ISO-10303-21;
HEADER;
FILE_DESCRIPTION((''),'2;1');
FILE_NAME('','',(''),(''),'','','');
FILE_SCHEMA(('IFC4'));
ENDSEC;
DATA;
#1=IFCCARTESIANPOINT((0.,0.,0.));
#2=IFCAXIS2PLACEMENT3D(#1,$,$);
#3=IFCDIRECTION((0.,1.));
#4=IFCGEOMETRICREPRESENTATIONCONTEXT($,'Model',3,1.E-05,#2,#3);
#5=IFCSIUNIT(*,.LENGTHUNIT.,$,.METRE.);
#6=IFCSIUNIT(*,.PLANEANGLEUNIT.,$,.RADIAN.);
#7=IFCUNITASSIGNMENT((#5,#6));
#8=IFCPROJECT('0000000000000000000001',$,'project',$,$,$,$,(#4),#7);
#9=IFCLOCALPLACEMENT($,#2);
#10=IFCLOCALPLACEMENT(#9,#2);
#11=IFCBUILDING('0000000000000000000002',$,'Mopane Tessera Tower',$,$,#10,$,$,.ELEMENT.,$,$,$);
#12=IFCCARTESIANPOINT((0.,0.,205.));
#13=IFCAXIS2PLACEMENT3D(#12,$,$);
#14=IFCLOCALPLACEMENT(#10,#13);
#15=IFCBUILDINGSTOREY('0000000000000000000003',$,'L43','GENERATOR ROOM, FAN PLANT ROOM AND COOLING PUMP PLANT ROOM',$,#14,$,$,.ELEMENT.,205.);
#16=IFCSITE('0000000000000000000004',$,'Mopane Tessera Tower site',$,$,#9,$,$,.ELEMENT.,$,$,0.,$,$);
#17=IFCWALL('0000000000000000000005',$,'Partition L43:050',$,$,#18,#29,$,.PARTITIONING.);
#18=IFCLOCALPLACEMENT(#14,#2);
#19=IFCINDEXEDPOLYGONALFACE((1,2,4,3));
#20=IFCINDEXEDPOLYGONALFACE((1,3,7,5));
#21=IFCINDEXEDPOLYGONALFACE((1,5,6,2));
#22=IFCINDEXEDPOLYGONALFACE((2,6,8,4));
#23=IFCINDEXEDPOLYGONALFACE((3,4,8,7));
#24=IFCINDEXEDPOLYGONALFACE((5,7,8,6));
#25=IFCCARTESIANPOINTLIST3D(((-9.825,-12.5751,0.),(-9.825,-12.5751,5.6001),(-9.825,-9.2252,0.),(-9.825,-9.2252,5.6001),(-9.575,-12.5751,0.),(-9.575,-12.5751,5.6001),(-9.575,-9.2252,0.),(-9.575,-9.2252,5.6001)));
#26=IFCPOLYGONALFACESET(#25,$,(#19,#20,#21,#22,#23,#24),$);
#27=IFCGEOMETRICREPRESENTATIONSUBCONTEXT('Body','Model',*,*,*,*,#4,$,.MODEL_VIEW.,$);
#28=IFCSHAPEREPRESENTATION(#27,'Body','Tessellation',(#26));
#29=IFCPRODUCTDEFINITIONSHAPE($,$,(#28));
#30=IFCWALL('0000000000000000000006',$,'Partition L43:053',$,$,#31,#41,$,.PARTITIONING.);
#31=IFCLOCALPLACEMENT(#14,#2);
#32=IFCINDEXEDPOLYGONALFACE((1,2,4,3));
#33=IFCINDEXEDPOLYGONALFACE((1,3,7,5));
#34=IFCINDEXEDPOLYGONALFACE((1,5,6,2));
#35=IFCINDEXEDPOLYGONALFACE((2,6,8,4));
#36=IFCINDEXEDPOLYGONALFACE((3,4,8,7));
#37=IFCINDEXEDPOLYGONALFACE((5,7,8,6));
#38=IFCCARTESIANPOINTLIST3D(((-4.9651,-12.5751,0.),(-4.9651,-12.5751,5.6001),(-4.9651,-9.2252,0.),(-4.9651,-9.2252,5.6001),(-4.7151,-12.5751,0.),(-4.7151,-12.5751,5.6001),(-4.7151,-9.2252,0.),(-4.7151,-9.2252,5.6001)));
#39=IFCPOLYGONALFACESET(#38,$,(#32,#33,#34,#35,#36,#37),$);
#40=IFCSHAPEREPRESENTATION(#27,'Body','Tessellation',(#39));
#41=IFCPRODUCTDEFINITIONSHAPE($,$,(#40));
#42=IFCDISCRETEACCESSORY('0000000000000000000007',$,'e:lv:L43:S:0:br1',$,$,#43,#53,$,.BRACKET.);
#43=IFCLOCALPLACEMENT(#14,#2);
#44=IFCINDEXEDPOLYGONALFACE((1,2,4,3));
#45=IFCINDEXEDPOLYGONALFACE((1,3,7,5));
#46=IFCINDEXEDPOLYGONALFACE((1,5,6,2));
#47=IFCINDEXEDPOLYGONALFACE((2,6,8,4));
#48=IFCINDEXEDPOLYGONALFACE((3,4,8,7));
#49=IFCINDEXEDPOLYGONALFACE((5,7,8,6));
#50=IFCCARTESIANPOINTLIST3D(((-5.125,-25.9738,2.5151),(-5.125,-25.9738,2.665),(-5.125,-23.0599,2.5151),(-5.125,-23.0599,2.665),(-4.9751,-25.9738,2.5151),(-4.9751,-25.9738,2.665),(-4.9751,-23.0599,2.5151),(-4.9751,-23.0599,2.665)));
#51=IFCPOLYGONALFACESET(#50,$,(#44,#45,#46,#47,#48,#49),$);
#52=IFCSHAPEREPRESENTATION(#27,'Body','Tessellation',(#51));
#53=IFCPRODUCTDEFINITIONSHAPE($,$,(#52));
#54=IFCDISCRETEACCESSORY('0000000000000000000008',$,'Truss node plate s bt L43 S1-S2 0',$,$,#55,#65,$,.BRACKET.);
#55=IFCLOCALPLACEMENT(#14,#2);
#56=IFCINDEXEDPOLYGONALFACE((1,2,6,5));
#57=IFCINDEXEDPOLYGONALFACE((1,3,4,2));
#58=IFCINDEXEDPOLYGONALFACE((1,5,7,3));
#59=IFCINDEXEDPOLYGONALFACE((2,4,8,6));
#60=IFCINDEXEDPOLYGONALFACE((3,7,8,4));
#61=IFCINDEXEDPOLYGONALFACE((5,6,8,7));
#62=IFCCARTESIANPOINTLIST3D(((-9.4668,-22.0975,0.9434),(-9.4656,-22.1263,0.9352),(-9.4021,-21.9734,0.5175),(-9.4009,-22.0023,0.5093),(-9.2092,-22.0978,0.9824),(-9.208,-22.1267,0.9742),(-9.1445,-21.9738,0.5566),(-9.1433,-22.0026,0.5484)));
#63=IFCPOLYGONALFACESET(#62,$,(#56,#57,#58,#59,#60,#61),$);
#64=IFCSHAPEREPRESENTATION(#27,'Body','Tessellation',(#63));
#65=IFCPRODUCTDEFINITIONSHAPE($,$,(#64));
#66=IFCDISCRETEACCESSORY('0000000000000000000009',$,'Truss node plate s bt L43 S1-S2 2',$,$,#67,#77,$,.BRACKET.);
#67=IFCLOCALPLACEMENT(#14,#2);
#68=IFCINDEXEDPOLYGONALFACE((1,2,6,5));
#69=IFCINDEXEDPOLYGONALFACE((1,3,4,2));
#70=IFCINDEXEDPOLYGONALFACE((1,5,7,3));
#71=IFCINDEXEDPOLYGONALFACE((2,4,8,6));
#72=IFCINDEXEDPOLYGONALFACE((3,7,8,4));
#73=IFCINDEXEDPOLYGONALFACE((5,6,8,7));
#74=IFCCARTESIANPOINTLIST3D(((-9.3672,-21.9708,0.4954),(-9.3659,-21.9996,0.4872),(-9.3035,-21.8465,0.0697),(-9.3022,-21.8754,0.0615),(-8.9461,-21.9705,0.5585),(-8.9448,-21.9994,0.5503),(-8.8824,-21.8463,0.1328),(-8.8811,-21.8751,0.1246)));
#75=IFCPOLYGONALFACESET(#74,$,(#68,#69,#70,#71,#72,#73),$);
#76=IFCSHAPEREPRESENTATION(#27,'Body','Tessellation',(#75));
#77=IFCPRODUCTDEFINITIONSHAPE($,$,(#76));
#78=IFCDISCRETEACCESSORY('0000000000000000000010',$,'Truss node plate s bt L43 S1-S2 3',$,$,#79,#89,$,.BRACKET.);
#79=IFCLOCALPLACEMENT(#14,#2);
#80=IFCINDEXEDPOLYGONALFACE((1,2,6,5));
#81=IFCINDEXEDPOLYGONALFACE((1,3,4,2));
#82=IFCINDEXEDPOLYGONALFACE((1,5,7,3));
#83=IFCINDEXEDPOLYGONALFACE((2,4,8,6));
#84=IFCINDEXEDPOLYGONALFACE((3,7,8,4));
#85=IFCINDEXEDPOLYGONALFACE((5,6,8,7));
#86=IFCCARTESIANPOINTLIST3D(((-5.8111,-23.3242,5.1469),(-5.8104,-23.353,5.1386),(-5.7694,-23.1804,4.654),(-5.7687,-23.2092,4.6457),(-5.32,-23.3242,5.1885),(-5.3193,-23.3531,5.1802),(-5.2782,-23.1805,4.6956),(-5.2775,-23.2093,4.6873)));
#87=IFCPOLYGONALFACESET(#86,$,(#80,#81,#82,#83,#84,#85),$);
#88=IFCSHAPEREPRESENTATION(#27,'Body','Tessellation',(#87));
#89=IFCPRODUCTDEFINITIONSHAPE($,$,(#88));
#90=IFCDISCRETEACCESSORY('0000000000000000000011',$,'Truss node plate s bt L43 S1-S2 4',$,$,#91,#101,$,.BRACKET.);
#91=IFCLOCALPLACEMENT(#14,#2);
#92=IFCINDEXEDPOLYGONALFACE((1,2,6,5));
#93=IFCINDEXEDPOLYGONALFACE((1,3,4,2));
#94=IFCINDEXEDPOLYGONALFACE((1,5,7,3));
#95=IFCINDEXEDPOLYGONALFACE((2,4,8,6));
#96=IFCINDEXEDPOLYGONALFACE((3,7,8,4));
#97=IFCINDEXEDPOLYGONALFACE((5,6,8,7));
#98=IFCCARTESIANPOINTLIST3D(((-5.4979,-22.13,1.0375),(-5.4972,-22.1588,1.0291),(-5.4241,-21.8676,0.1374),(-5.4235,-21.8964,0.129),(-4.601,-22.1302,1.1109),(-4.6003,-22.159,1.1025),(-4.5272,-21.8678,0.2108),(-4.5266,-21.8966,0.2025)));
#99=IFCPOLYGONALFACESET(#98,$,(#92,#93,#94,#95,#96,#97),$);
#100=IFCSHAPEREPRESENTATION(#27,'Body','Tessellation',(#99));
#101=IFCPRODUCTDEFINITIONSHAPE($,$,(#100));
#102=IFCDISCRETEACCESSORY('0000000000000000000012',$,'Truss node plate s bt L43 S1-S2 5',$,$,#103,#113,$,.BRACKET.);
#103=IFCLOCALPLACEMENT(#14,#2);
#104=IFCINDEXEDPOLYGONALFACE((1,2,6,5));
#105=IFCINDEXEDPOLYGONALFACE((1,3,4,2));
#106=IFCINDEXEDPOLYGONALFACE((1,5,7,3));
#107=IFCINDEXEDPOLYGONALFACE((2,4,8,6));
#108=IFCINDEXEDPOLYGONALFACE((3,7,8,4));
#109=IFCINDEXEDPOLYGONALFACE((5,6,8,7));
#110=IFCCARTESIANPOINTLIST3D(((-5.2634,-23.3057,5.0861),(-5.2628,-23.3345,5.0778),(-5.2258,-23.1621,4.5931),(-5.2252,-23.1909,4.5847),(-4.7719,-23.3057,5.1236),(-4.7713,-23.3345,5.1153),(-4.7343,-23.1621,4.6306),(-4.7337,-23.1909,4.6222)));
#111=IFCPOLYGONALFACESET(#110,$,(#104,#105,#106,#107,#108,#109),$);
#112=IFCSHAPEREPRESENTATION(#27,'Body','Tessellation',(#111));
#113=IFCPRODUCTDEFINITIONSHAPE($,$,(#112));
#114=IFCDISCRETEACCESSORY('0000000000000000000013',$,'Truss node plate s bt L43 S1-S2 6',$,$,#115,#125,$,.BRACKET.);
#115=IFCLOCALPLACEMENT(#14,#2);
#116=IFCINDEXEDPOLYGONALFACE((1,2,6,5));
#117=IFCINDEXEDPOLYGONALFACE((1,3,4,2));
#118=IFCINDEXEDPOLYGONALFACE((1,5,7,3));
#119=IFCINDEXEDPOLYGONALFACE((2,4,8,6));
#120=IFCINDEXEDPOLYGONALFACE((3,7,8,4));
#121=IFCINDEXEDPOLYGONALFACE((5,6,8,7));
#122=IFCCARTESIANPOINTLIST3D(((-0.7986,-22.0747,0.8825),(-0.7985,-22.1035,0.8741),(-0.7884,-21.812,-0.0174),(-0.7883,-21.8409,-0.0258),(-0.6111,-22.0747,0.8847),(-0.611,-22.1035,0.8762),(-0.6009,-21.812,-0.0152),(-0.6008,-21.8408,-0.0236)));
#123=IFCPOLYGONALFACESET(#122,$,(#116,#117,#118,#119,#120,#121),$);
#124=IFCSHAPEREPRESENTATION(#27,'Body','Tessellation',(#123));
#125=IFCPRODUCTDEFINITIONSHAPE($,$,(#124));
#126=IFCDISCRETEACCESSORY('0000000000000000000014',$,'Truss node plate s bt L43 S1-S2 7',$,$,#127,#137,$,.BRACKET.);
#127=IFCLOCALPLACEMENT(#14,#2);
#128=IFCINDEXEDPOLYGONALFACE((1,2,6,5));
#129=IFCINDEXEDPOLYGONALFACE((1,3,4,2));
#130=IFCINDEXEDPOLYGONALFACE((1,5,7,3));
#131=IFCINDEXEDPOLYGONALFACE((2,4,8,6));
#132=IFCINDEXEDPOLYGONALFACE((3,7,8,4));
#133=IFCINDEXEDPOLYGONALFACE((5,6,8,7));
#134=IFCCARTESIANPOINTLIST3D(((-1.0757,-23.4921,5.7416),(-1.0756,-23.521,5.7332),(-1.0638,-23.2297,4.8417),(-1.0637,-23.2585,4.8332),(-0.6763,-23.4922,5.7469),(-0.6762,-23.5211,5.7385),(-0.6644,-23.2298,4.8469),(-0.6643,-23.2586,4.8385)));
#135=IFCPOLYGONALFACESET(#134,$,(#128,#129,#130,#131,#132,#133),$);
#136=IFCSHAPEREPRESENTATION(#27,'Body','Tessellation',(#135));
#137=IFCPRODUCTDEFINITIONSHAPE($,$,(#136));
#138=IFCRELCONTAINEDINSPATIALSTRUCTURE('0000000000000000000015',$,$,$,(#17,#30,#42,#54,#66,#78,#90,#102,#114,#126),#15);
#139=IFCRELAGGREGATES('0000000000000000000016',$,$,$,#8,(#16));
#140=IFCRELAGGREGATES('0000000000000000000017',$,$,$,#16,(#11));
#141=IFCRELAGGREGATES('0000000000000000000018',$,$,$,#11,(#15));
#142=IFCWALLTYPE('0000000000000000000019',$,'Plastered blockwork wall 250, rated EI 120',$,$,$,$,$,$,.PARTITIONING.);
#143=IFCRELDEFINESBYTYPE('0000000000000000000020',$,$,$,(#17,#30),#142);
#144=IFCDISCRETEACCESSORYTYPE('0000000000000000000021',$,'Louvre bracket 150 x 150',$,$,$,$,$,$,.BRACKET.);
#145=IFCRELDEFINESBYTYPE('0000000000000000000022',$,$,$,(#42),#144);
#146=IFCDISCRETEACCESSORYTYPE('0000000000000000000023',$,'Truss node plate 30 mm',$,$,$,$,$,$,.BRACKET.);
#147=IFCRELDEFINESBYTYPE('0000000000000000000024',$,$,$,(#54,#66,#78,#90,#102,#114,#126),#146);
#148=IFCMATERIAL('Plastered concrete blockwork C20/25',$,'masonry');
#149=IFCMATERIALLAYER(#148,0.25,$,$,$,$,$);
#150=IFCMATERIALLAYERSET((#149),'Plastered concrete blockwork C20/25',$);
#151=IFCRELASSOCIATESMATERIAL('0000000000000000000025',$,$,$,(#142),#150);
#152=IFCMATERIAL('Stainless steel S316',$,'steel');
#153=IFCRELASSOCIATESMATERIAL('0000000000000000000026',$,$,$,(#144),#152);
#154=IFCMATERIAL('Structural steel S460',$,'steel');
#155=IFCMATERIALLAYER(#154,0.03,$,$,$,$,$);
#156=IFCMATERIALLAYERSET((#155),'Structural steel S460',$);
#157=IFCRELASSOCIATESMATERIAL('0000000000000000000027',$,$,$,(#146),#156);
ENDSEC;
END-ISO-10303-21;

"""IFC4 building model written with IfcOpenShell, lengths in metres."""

from ifc_helpers import new_model, si_unit, direction, frame, frame_2d, origin, origin_2d, place, context, subcontext, project, spatial, rectangle, extrude, material, layer, layer_set, type_object, element, save


model = new_model("IFC4")

# Units and contexts
model_context = context("Model", 3, precision=1e-05, world=origin(), true_north=direction((0.0, 1.0)))
body_context = subcontext(model_context, "Body", "Model", "MODEL_VIEW")
ifc_project = project(units=[si_unit("LENGTHUNIT", "METRE"), si_unit("PLANEANGLEUNIT", "RADIAN")], contexts=[model_context])

# Site, building, storey
site_placement = place(None, origin())
site = spatial("IfcSite", under=ifc_project, at=site_placement, Name="Mopane Tessera Tower site", CompositionType="ELEMENT", RefElevation=0.0)
building_placement = place(site_placement, origin())
building = spatial("IfcBuilding", under=site, at=building_placement, Name="Mopane Tessera Tower", CompositionType="ELEMENT")
storey_placement = place(building_placement, frame((0.0, 0.0, 205.0)))
storey = spatial("IfcBuildingStorey", under=building, at=storey_placement, Name="L43", Description="GENERATOR ROOM, FAN PLANT ROOM AND COOLING PUMP PLANT ROOM", CompositionType="ELEMENT", Elevation=205.0)

# Shared definitions
ifc_material_1 = material(Name="Plastered concrete blockwork C20/25", Category="masonry")
ifc_layer_1 = layer(ifc_material_1, 0.25)
ifc_layer_set_1 = layer_set([ifc_layer_1], Name="Plastered concrete blockwork C20/25")
wall_type = type_object("IfcWallType", Name="Plastered blockwork wall 250, rated EI 120", PredefinedType="PARTITIONING", material=ifc_layer_set_1)

# Walls
for number, where, z_axis, x_axis, name in (
    (1, (-9.7, -12.575, 0.0), (0.0, 0.0, 1.0), (0.0, 1.0, 0.0), "Partition L43:050"),
    (2, (-4.8401, -12.575, 0.0), (0.0, 0.0, 1.0), (0.0, 1.0, 0.0), "Partition L43:053"),
):
    element("IfcWall", number, at=place(storey_placement, frame(where, z_axis=z_axis, x_axis=x_axis)), inside=storey, type_object=wall_type, Name=name, PredefinedType="PARTITIONING", context=body_context, shape_type="SweptSolid", body=[
        extrude(rectangle(XDim=3.3499, YDim=0.25, at=frame_2d((1.6748, 0.0))), origin(), (0.0, 0.0, 1.0), 5.6001),
    ])

# Discrete accessories
ifc_material_2 = material(Name="Stainless steel S316", Category="steel")
discrete_accessory_type_1 = type_object("IfcDiscreteAccessoryType", Name="Louvre bracket 150 x 150", PredefinedType="BRACKET", material=ifc_material_2)
discrete_accessory_1_placement = place(storey_placement, frame((-5.05, -24.5168, 2.5151), z_axis=(0.0, 0.0, 1.0), x_axis=(0.0, -1.0, 0.0)))
element("IfcDiscreteAccessory", 3, at=discrete_accessory_1_placement, inside=storey, type_object=discrete_accessory_type_1, Name="e:lv:L43:S:0:br1", PredefinedType="BRACKET", context=body_context, shape_type="SweptSolid", body=[
    extrude(rectangle(XDim=2.9138, YDim=0.1499, at=origin_2d()), origin(), (0.0, 0.0, 1.0), 0.1499),
])
ifc_material_3 = material(Name="Structural steel S460", Category="steel")
ifc_layer_2 = layer(ifc_material_3, 0.03)
ifc_layer_set_2 = layer_set([ifc_layer_2], Name="Structural steel S460")
discrete_accessory_type_2 = type_object("IfcDiscreteAccessoryType", Name="Truss node plate 30 mm", PredefinedType="BRACKET", material=ifc_layer_set_2)
discrete_accessory_2_placement = place(storey_placement, frame((-9.2727, -21.988, 0.533), z_axis=(-0.144358, -0.276732, 0.950042), x_axis=(-0.040312, 0.960946, 0.273783)))
element("IfcDiscreteAccessory", 4, at=discrete_accessory_2_placement, inside=storey, type_object=discrete_accessory_type_2, Name="Truss node plate s bt L43 S1-S2 0", PredefinedType="BRACKET", context=body_context, shape_type="SweptSolid", body=[
    extrude(rectangle(XDim=0.03, YDim=0.2605, at=origin_2d()), origin(), (0.0, 0.0, 1.0), 0.4482),
])
discrete_accessory_3_placement = place(storey_placement, frame((-9.0923, -21.8608, 0.0972), z_axis=(-0.142202, -0.277322, 0.950195), x_axis=(-0.04169, 0.960777, 0.274171)))
element("IfcDiscreteAccessory", 5, at=discrete_accessory_3_placement, inside=storey, type_object=discrete_accessory_type_2, Name="Truss node plate s bt L43 S1-S2 2", PredefinedType="BRACKET", context=body_context, shape_type="SweptSolid", body=[
    extrude(rectangle(XDim=0.03, YDim=0.4258, at=origin_2d()), origin(), (0.0, 0.0, 1.0), 0.448),
])
discrete_accessory_4_placement = place(storey_placement, frame((-5.5234, -23.1948, 4.6707), z_axis=(-0.081039, -0.279134, 0.956827), x_axis=(-0.023373, 0.960252, 0.278153)))
element("IfcDiscreteAccessory", 6, at=discrete_accessory_4_placement, inside=storey, type_object=discrete_accessory_type_2, Name="Truss node plate s bt L43 S1-S2 3", PredefinedType="BRACKET", context=body_context, shape_type="SweptSolid", body=[
    extrude(rectangle(XDim=0.03, YDim=0.4929, at=origin_2d()), origin(), (0.0, 0.0, 1.0), 0.5151),
])
discrete_accessory_5_placement = place(storey_placement, frame((-4.9753, -21.8821, 0.1699), z_axis=(-0.078393, -0.279049, 0.957072), x_axis=(-0.022567, 0.960277, 0.278135)))
element("IfcDiscreteAccessory", 7, at=discrete_accessory_5_placement, inside=storey, type_object=discrete_accessory_type_2, Name="Truss node plate s bt L43 S1-S2 4", PredefinedType="BRACKET", context=body_context, shape_type="SweptSolid", body=[
    extrude(rectangle(XDim=0.03, YDim=0.8999, at=origin_2d()), origin(), (0.0, 0.0, 1.0), 0.9404),
])
discrete_accessory_6_placement = place(storey_placement, frame((-4.9797, -23.1765, 4.6077), z_axis=(-0.073037, -0.27887, 0.957548), x_axis=(-0.02117, 0.960329, 0.278065)))
element("IfcDiscreteAccessory", 8, at=discrete_accessory_6_placement, inside=storey, type_object=discrete_accessory_type_2, Name="Truss node plate s bt L43 S1-S2 5", PredefinedType="BRACKET", context=body_context, shape_type="SweptSolid", body=[
    extrude(rectangle(XDim=0.03, YDim=0.4929, at=origin_2d()), origin(), (0.0, 0.0, 1.0), 0.5149),
])
discrete_accessory_7_placement = place(storey_placement, frame((-0.6946, -21.8264, -0.0205), z_axis=(-0.010937, -0.280203, 0.959878), x_axis=(-0.003472, 0.959941, 0.280182)))
element("IfcDiscreteAccessory", 9, at=discrete_accessory_7_placement, inside=storey, type_object=discrete_accessory_type_2, Name="Truss node plate s bt L43 S1-S2 6", PredefinedType="BRACKET", context=body_context, shape_type="SweptSolid", body=[
    extrude(rectangle(XDim=0.03, YDim=0.1875, at=origin_2d()), origin(), (0.0, 0.0, 1.0), 0.9375),
])
discrete_accessory_8_placement = place(storey_placement, frame((-0.864, -23.2441, 4.8401), z_axis=(-0.012761, -0.279957, 0.959928), x_axis=(-0.003394, 0.960012, 0.279937)))
element("IfcDiscreteAccessory", 10, at=discrete_accessory_8_placement, inside=storey, type_object=discrete_accessory_type_2, Name="Truss node plate s bt L43 S1-S2 7", PredefinedType="BRACKET", context=body_context, shape_type="SweptSolid", body=[
    extrude(rectangle(XDim=0.03, YDim=0.3994, at=origin_2d()), origin(), (0.0, 0.0, 1.0), 0.9375),
])

save(model, "model.ifc")
